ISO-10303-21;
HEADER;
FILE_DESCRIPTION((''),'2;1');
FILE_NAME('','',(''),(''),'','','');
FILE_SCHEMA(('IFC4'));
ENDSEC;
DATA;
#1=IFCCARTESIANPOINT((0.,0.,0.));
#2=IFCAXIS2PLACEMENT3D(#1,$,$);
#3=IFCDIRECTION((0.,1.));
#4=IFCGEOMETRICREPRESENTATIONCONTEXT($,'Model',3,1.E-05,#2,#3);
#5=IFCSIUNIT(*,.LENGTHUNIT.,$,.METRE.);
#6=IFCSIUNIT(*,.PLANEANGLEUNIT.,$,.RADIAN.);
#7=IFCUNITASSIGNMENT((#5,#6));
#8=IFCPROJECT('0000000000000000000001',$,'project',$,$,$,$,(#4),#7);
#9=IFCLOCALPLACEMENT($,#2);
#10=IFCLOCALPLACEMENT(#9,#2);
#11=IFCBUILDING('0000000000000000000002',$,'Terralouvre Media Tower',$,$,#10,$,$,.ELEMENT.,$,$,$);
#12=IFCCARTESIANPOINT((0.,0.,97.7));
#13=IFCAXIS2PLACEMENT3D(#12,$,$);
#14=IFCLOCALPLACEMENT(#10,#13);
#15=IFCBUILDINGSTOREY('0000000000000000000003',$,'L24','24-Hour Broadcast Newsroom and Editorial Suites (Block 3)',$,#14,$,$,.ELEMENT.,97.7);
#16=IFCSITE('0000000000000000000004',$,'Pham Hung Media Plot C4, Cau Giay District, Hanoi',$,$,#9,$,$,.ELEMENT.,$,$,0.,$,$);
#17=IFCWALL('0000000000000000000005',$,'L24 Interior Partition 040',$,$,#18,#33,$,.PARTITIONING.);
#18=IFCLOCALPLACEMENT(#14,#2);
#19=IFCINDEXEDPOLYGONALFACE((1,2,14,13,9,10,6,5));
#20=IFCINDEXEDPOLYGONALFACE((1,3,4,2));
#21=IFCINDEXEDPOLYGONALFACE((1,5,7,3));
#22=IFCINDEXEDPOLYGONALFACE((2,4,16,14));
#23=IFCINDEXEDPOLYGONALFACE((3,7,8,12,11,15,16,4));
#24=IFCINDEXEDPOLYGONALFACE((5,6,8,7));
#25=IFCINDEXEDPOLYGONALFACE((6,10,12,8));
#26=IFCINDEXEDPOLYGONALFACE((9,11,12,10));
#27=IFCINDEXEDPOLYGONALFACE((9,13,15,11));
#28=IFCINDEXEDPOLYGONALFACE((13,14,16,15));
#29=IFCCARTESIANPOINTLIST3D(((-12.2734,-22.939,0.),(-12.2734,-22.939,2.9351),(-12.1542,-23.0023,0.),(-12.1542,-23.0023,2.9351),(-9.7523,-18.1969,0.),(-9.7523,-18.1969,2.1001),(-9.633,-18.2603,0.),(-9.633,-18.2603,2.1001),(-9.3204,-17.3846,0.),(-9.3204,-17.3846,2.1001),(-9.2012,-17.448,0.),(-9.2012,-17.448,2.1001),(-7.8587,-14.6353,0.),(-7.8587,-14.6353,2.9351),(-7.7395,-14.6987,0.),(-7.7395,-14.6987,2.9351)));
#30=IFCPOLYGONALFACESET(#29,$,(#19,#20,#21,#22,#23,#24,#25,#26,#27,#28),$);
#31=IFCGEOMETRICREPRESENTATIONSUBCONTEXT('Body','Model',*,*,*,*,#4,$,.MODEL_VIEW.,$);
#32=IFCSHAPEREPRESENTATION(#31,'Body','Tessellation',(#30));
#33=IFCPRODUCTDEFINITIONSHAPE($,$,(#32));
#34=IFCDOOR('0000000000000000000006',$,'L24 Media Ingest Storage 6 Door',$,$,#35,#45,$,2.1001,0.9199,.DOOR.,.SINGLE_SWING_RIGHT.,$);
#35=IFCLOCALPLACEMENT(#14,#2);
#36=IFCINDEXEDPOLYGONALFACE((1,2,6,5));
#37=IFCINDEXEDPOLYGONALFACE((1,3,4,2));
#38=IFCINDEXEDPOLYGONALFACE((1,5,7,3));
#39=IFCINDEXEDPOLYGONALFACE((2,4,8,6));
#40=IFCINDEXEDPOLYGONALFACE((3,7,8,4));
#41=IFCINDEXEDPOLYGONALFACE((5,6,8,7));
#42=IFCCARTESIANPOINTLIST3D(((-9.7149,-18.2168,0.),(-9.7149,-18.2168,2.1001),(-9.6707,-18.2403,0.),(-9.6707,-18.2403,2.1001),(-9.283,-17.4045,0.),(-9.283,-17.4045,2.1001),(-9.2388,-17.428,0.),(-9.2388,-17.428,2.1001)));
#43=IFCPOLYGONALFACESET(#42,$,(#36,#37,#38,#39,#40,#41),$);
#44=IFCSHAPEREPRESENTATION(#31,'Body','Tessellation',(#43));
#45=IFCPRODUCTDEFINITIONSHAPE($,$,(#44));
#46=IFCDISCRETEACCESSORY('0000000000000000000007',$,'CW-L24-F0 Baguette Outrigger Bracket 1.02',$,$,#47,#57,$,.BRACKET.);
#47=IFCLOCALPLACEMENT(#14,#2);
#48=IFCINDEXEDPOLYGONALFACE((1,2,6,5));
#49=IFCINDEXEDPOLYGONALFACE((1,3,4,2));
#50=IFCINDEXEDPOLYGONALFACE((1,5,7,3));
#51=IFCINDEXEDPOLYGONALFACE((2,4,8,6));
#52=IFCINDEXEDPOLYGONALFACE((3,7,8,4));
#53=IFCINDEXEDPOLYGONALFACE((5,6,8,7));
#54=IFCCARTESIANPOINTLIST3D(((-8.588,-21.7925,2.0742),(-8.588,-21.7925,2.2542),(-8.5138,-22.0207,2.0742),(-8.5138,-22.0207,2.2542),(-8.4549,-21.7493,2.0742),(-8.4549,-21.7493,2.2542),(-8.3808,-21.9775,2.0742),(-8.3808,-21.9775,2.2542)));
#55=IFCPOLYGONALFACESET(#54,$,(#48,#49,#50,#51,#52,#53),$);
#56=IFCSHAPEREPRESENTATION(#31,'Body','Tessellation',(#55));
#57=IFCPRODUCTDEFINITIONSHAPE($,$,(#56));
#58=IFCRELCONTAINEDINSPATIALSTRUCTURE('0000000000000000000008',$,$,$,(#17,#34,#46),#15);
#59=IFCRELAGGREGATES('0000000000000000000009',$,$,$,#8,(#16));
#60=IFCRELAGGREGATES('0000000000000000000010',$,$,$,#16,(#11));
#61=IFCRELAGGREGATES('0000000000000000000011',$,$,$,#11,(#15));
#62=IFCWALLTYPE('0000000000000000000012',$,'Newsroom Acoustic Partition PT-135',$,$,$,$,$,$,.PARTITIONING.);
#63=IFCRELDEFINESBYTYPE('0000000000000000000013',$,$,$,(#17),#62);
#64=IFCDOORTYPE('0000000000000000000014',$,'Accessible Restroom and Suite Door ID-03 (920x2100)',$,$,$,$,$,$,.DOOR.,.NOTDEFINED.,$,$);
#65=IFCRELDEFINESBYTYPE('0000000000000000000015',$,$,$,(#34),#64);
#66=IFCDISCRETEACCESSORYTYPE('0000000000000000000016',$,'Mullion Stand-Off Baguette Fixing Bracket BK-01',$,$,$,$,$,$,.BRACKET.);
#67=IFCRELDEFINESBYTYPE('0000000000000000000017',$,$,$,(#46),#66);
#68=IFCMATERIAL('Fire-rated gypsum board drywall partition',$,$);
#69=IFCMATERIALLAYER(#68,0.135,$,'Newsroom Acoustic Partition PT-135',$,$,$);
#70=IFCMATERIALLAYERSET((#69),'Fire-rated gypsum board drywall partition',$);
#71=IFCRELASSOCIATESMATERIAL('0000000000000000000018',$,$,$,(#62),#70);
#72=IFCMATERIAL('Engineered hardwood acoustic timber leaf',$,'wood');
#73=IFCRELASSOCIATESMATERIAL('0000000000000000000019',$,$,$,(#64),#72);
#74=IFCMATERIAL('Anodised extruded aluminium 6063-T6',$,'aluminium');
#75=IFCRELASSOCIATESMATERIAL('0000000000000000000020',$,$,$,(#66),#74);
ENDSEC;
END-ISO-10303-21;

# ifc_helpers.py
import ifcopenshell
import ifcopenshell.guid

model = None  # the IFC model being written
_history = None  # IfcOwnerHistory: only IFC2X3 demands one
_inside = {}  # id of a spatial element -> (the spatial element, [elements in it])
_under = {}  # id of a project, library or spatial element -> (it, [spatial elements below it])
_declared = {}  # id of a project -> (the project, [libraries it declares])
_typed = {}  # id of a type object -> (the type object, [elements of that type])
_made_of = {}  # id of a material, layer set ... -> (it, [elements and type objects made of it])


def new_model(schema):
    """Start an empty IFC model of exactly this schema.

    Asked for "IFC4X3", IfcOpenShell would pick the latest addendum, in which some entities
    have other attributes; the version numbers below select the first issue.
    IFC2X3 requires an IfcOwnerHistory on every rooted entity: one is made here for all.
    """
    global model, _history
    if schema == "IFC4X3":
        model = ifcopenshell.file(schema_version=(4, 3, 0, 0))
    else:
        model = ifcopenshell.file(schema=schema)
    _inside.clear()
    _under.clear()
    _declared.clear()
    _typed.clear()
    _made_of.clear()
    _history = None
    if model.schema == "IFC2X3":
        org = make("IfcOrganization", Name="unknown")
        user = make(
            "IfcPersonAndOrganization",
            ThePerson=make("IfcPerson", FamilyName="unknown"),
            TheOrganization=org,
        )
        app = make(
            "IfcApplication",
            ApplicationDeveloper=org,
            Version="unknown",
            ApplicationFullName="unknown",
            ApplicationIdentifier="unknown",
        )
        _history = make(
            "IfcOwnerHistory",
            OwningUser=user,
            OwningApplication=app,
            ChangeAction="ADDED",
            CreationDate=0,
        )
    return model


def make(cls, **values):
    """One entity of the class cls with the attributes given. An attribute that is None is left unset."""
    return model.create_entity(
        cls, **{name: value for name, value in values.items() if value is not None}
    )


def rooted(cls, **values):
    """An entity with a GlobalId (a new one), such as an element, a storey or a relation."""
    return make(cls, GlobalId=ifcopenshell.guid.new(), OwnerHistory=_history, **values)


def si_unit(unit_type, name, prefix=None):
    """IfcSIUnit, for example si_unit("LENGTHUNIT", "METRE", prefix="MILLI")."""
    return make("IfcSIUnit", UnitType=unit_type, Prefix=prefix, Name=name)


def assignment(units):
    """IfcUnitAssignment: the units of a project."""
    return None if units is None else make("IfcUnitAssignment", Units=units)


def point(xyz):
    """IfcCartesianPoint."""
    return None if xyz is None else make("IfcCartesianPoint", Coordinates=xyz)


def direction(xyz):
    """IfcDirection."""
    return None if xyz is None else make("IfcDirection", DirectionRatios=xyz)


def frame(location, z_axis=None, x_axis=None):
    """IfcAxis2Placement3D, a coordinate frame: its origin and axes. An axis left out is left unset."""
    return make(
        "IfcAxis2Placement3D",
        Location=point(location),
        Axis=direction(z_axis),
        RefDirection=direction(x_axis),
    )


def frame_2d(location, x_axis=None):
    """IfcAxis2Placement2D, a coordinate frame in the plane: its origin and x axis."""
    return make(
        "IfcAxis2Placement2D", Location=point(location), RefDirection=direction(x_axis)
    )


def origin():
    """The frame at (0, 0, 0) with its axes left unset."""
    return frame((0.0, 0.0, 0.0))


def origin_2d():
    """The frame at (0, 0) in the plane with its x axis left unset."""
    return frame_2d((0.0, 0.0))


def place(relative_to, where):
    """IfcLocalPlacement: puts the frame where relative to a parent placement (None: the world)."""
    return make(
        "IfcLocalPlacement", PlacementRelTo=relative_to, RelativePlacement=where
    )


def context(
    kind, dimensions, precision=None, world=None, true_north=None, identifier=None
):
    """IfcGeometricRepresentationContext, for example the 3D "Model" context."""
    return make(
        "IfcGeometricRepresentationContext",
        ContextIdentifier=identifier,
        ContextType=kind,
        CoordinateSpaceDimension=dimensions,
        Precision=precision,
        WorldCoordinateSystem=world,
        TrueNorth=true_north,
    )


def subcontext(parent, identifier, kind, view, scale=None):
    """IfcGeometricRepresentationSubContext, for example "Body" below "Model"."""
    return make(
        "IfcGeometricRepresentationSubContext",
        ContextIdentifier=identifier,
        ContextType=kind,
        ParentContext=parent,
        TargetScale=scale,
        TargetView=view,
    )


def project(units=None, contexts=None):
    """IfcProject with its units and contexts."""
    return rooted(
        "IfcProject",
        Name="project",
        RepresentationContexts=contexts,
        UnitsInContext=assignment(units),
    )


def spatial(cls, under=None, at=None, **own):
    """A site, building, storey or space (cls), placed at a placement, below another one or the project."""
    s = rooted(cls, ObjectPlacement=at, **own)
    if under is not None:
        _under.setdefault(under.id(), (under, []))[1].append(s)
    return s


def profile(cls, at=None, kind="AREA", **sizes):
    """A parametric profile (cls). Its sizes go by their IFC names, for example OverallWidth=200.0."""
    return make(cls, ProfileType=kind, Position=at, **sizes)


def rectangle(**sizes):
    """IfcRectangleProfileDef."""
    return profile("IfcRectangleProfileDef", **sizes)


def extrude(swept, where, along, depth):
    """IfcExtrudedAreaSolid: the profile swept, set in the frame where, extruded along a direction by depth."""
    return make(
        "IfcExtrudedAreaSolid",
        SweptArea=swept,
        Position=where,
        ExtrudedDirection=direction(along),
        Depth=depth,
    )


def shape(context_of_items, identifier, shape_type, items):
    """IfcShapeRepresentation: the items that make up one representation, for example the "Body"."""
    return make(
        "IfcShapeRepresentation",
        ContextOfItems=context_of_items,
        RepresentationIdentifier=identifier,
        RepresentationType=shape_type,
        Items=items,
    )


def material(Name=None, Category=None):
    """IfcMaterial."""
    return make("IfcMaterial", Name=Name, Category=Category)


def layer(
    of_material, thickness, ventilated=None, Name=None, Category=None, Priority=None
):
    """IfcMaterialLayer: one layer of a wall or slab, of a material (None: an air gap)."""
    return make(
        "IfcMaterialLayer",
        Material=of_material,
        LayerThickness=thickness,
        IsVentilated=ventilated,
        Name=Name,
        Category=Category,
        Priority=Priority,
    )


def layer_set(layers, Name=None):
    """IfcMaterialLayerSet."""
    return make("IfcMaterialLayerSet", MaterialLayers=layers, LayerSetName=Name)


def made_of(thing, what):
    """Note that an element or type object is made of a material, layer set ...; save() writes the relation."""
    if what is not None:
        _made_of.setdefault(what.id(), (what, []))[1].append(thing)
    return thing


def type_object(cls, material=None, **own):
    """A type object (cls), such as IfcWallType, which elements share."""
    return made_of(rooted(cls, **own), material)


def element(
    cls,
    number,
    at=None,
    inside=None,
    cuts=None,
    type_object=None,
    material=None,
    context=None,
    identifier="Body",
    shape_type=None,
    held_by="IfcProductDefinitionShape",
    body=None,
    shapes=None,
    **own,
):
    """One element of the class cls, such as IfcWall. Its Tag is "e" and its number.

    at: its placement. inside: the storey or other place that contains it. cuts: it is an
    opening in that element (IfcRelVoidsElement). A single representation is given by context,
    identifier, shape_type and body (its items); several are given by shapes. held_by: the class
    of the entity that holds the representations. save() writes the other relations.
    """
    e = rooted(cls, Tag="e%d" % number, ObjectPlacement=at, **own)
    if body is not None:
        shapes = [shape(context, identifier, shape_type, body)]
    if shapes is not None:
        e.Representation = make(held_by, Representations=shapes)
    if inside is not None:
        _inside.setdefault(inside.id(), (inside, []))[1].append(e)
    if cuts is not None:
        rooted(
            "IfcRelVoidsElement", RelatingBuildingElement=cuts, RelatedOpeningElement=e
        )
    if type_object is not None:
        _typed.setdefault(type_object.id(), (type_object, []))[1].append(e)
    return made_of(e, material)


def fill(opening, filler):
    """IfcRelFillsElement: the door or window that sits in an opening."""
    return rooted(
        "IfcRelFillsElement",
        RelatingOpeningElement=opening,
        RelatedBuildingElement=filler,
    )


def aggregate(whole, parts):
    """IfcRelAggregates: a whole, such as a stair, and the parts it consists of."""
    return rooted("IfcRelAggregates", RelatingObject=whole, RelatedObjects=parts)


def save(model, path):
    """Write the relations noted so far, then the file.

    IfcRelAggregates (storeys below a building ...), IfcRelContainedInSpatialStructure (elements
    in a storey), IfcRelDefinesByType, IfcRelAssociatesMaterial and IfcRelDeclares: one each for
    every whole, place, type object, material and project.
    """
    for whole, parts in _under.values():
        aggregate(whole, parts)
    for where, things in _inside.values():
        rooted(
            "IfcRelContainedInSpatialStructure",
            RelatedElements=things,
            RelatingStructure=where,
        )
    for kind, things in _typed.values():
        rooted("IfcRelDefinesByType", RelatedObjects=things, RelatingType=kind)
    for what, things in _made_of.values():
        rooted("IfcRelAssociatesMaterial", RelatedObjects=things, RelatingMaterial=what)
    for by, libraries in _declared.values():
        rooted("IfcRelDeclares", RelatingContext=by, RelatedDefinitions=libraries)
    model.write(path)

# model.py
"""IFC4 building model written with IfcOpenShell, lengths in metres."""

from ifc_helpers import new_model, si_unit, direction, frame, frame_2d, origin, origin_2d, place, context, subcontext, project, spatial, rectangle, extrude, material, layer, layer_set, type_object, element, fill, save


model = new_model("IFC4")

# Units and contexts
model_context = context("Model", 3, precision=1e-05, world=origin(), true_north=direction((0.0, 1.0)))
body_context = subcontext(model_context, "Body", "Model", "MODEL_VIEW")
ifc_project = project(units=[si_unit("LENGTHUNIT", "METRE"), si_unit("PLANEANGLEUNIT", "RADIAN")], contexts=[model_context])

# Site, building, storey
site_placement = place(None, origin())
site = spatial("IfcSite", under=ifc_project, at=site_placement, Name="Pham Hung Media Plot C4, Cau Giay District, Hanoi", CompositionType="ELEMENT", RefElevation=0.0)
building_placement = place(site_placement, origin())
building = spatial("IfcBuilding", under=site, at=building_placement, Name="Terralouvre Media Tower", CompositionType="ELEMENT")
storey_placement = place(building_placement, frame((0.0, 0.0, 97.7)))
storey = spatial("IfcBuildingStorey", under=building, at=storey_placement, Name="L24", Description="24-Hour Broadcast Newsroom and Editorial Suites (Block 3)", CompositionType="ELEMENT", Elevation=97.7)

# Shared definitions
ifc_material_1 = material(Name="Fire-rated gypsum board drywall partition")
ifc_layer_1 = layer(ifc_material_1, 0.135, Name="Newsroom Acoustic Partition PT-135")
ifc_layer_set_1 = layer_set([ifc_layer_1], Name="Fire-rated gypsum board drywall partition")
wall_type_1 = type_object("IfcWallType", Name="Newsroom Acoustic Partition PT-135", PredefinedType="PARTITIONING", material=ifc_layer_set_1)

# Wall, opening, door
wall_1_placement = place(storey_placement, frame((-7.7991, -14.667, 0.0), z_axis=(0.0, 0.0, 1.0), x_axis=(-0.469441, -0.882964, 0.0)))
wall_1 = element("IfcWall", 1, at=wall_1_placement, inside=storey, type_object=wall_type_1, Name="L24 Interior Partition 040", PredefinedType="PARTITIONING", context=body_context, shape_type="SweptSolid", body=[
    extrude(rectangle(XDim=9.4043, YDim=0.135, at=frame_2d((4.7021, 0.0))), origin(), (0.0, 0.0, 1.0), 2.9351),
])
opening_1_placement = place(wall_1_placement, frame((3.1138, 0.0, 0.0)))
opening_1 = element("IfcOpeningElement", 2, at=opening_1_placement, cuts=wall_1, PredefinedType="OPENING", context=body_context, shape_type="SweptSolid", body=[
    extrude(rectangle(XDim=0.9199, YDim=2.1001, at=frame_2d((0.46, 1.05))), frame((0.0, 0.0774, 0.0), z_axis=(0.0, -1.0, 0.0), x_axis=(1.0, 0.0, 0.0)), (0.0, 0.0, 1.0), 0.155),
])
ifc_material_2 = material(Name="Engineered hardwood acoustic timber leaf", Category="wood")
door_type_1 = type_object("IfcDoorType", Name="Accessible Restroom and Suite Door ID-03 (920x2100)", OperationType="NOTDEFINED", PredefinedType="DOOR", material=ifc_material_2)
door_1_placement = place(opening_1_placement, origin())
door_1 = element("IfcDoor", 3, at=door_1_placement, inside=storey, type_object=door_type_1, Name="L24 Media Ingest Storage 6 Door", OperationType="SINGLE_SWING_RIGHT", OverallHeight=2.1001, OverallWidth=0.9199, PredefinedType="DOOR", context=body_context, shape_type="SweptSolid", body=[
    extrude(rectangle(XDim=0.9199, YDim=2.1001, at=frame_2d((0.46, 1.05))), frame((0.0, 0.0249, 0.0), z_axis=(0.0, -1.0, 0.0), x_axis=(1.0, 0.0, 0.0)), (0.0, 0.0, 1.0), 0.05),
])
fill(opening_1, door_1)

# Discrete accessory
ifc_material_3 = material(Name="Anodised extruded aluminium 6063-T6", Category="aluminium")
discrete_accessory_type = type_object("IfcDiscreteAccessoryType", Name="Mullion Stand-Off Baguette Fixing Bracket BK-01", PredefinedType="BRACKET", material=ifc_material_3)
discrete_accessory_placement = place(storey_placement, frame((-8.4844, -21.885, 2.0742), z_axis=(0.0, 0.0, 1.0), x_axis=(0.951057, 0.309017, 0.0)))
element("IfcDiscreteAccessory", 4, at=discrete_accessory_placement, inside=storey, type_object=discrete_accessory_type, Name="CW-L24-F0 Baguette Outrigger Bracket 1.02", PredefinedType="BRACKET", context=body_context, shape_type="SweptSolid", body=[
    extrude(rectangle(XDim=0.1399, YDim=0.24, at=origin_2d()), origin(), (0.0, 0.0, 1.0), 0.1799),
])

save(model, "model.ifc")
